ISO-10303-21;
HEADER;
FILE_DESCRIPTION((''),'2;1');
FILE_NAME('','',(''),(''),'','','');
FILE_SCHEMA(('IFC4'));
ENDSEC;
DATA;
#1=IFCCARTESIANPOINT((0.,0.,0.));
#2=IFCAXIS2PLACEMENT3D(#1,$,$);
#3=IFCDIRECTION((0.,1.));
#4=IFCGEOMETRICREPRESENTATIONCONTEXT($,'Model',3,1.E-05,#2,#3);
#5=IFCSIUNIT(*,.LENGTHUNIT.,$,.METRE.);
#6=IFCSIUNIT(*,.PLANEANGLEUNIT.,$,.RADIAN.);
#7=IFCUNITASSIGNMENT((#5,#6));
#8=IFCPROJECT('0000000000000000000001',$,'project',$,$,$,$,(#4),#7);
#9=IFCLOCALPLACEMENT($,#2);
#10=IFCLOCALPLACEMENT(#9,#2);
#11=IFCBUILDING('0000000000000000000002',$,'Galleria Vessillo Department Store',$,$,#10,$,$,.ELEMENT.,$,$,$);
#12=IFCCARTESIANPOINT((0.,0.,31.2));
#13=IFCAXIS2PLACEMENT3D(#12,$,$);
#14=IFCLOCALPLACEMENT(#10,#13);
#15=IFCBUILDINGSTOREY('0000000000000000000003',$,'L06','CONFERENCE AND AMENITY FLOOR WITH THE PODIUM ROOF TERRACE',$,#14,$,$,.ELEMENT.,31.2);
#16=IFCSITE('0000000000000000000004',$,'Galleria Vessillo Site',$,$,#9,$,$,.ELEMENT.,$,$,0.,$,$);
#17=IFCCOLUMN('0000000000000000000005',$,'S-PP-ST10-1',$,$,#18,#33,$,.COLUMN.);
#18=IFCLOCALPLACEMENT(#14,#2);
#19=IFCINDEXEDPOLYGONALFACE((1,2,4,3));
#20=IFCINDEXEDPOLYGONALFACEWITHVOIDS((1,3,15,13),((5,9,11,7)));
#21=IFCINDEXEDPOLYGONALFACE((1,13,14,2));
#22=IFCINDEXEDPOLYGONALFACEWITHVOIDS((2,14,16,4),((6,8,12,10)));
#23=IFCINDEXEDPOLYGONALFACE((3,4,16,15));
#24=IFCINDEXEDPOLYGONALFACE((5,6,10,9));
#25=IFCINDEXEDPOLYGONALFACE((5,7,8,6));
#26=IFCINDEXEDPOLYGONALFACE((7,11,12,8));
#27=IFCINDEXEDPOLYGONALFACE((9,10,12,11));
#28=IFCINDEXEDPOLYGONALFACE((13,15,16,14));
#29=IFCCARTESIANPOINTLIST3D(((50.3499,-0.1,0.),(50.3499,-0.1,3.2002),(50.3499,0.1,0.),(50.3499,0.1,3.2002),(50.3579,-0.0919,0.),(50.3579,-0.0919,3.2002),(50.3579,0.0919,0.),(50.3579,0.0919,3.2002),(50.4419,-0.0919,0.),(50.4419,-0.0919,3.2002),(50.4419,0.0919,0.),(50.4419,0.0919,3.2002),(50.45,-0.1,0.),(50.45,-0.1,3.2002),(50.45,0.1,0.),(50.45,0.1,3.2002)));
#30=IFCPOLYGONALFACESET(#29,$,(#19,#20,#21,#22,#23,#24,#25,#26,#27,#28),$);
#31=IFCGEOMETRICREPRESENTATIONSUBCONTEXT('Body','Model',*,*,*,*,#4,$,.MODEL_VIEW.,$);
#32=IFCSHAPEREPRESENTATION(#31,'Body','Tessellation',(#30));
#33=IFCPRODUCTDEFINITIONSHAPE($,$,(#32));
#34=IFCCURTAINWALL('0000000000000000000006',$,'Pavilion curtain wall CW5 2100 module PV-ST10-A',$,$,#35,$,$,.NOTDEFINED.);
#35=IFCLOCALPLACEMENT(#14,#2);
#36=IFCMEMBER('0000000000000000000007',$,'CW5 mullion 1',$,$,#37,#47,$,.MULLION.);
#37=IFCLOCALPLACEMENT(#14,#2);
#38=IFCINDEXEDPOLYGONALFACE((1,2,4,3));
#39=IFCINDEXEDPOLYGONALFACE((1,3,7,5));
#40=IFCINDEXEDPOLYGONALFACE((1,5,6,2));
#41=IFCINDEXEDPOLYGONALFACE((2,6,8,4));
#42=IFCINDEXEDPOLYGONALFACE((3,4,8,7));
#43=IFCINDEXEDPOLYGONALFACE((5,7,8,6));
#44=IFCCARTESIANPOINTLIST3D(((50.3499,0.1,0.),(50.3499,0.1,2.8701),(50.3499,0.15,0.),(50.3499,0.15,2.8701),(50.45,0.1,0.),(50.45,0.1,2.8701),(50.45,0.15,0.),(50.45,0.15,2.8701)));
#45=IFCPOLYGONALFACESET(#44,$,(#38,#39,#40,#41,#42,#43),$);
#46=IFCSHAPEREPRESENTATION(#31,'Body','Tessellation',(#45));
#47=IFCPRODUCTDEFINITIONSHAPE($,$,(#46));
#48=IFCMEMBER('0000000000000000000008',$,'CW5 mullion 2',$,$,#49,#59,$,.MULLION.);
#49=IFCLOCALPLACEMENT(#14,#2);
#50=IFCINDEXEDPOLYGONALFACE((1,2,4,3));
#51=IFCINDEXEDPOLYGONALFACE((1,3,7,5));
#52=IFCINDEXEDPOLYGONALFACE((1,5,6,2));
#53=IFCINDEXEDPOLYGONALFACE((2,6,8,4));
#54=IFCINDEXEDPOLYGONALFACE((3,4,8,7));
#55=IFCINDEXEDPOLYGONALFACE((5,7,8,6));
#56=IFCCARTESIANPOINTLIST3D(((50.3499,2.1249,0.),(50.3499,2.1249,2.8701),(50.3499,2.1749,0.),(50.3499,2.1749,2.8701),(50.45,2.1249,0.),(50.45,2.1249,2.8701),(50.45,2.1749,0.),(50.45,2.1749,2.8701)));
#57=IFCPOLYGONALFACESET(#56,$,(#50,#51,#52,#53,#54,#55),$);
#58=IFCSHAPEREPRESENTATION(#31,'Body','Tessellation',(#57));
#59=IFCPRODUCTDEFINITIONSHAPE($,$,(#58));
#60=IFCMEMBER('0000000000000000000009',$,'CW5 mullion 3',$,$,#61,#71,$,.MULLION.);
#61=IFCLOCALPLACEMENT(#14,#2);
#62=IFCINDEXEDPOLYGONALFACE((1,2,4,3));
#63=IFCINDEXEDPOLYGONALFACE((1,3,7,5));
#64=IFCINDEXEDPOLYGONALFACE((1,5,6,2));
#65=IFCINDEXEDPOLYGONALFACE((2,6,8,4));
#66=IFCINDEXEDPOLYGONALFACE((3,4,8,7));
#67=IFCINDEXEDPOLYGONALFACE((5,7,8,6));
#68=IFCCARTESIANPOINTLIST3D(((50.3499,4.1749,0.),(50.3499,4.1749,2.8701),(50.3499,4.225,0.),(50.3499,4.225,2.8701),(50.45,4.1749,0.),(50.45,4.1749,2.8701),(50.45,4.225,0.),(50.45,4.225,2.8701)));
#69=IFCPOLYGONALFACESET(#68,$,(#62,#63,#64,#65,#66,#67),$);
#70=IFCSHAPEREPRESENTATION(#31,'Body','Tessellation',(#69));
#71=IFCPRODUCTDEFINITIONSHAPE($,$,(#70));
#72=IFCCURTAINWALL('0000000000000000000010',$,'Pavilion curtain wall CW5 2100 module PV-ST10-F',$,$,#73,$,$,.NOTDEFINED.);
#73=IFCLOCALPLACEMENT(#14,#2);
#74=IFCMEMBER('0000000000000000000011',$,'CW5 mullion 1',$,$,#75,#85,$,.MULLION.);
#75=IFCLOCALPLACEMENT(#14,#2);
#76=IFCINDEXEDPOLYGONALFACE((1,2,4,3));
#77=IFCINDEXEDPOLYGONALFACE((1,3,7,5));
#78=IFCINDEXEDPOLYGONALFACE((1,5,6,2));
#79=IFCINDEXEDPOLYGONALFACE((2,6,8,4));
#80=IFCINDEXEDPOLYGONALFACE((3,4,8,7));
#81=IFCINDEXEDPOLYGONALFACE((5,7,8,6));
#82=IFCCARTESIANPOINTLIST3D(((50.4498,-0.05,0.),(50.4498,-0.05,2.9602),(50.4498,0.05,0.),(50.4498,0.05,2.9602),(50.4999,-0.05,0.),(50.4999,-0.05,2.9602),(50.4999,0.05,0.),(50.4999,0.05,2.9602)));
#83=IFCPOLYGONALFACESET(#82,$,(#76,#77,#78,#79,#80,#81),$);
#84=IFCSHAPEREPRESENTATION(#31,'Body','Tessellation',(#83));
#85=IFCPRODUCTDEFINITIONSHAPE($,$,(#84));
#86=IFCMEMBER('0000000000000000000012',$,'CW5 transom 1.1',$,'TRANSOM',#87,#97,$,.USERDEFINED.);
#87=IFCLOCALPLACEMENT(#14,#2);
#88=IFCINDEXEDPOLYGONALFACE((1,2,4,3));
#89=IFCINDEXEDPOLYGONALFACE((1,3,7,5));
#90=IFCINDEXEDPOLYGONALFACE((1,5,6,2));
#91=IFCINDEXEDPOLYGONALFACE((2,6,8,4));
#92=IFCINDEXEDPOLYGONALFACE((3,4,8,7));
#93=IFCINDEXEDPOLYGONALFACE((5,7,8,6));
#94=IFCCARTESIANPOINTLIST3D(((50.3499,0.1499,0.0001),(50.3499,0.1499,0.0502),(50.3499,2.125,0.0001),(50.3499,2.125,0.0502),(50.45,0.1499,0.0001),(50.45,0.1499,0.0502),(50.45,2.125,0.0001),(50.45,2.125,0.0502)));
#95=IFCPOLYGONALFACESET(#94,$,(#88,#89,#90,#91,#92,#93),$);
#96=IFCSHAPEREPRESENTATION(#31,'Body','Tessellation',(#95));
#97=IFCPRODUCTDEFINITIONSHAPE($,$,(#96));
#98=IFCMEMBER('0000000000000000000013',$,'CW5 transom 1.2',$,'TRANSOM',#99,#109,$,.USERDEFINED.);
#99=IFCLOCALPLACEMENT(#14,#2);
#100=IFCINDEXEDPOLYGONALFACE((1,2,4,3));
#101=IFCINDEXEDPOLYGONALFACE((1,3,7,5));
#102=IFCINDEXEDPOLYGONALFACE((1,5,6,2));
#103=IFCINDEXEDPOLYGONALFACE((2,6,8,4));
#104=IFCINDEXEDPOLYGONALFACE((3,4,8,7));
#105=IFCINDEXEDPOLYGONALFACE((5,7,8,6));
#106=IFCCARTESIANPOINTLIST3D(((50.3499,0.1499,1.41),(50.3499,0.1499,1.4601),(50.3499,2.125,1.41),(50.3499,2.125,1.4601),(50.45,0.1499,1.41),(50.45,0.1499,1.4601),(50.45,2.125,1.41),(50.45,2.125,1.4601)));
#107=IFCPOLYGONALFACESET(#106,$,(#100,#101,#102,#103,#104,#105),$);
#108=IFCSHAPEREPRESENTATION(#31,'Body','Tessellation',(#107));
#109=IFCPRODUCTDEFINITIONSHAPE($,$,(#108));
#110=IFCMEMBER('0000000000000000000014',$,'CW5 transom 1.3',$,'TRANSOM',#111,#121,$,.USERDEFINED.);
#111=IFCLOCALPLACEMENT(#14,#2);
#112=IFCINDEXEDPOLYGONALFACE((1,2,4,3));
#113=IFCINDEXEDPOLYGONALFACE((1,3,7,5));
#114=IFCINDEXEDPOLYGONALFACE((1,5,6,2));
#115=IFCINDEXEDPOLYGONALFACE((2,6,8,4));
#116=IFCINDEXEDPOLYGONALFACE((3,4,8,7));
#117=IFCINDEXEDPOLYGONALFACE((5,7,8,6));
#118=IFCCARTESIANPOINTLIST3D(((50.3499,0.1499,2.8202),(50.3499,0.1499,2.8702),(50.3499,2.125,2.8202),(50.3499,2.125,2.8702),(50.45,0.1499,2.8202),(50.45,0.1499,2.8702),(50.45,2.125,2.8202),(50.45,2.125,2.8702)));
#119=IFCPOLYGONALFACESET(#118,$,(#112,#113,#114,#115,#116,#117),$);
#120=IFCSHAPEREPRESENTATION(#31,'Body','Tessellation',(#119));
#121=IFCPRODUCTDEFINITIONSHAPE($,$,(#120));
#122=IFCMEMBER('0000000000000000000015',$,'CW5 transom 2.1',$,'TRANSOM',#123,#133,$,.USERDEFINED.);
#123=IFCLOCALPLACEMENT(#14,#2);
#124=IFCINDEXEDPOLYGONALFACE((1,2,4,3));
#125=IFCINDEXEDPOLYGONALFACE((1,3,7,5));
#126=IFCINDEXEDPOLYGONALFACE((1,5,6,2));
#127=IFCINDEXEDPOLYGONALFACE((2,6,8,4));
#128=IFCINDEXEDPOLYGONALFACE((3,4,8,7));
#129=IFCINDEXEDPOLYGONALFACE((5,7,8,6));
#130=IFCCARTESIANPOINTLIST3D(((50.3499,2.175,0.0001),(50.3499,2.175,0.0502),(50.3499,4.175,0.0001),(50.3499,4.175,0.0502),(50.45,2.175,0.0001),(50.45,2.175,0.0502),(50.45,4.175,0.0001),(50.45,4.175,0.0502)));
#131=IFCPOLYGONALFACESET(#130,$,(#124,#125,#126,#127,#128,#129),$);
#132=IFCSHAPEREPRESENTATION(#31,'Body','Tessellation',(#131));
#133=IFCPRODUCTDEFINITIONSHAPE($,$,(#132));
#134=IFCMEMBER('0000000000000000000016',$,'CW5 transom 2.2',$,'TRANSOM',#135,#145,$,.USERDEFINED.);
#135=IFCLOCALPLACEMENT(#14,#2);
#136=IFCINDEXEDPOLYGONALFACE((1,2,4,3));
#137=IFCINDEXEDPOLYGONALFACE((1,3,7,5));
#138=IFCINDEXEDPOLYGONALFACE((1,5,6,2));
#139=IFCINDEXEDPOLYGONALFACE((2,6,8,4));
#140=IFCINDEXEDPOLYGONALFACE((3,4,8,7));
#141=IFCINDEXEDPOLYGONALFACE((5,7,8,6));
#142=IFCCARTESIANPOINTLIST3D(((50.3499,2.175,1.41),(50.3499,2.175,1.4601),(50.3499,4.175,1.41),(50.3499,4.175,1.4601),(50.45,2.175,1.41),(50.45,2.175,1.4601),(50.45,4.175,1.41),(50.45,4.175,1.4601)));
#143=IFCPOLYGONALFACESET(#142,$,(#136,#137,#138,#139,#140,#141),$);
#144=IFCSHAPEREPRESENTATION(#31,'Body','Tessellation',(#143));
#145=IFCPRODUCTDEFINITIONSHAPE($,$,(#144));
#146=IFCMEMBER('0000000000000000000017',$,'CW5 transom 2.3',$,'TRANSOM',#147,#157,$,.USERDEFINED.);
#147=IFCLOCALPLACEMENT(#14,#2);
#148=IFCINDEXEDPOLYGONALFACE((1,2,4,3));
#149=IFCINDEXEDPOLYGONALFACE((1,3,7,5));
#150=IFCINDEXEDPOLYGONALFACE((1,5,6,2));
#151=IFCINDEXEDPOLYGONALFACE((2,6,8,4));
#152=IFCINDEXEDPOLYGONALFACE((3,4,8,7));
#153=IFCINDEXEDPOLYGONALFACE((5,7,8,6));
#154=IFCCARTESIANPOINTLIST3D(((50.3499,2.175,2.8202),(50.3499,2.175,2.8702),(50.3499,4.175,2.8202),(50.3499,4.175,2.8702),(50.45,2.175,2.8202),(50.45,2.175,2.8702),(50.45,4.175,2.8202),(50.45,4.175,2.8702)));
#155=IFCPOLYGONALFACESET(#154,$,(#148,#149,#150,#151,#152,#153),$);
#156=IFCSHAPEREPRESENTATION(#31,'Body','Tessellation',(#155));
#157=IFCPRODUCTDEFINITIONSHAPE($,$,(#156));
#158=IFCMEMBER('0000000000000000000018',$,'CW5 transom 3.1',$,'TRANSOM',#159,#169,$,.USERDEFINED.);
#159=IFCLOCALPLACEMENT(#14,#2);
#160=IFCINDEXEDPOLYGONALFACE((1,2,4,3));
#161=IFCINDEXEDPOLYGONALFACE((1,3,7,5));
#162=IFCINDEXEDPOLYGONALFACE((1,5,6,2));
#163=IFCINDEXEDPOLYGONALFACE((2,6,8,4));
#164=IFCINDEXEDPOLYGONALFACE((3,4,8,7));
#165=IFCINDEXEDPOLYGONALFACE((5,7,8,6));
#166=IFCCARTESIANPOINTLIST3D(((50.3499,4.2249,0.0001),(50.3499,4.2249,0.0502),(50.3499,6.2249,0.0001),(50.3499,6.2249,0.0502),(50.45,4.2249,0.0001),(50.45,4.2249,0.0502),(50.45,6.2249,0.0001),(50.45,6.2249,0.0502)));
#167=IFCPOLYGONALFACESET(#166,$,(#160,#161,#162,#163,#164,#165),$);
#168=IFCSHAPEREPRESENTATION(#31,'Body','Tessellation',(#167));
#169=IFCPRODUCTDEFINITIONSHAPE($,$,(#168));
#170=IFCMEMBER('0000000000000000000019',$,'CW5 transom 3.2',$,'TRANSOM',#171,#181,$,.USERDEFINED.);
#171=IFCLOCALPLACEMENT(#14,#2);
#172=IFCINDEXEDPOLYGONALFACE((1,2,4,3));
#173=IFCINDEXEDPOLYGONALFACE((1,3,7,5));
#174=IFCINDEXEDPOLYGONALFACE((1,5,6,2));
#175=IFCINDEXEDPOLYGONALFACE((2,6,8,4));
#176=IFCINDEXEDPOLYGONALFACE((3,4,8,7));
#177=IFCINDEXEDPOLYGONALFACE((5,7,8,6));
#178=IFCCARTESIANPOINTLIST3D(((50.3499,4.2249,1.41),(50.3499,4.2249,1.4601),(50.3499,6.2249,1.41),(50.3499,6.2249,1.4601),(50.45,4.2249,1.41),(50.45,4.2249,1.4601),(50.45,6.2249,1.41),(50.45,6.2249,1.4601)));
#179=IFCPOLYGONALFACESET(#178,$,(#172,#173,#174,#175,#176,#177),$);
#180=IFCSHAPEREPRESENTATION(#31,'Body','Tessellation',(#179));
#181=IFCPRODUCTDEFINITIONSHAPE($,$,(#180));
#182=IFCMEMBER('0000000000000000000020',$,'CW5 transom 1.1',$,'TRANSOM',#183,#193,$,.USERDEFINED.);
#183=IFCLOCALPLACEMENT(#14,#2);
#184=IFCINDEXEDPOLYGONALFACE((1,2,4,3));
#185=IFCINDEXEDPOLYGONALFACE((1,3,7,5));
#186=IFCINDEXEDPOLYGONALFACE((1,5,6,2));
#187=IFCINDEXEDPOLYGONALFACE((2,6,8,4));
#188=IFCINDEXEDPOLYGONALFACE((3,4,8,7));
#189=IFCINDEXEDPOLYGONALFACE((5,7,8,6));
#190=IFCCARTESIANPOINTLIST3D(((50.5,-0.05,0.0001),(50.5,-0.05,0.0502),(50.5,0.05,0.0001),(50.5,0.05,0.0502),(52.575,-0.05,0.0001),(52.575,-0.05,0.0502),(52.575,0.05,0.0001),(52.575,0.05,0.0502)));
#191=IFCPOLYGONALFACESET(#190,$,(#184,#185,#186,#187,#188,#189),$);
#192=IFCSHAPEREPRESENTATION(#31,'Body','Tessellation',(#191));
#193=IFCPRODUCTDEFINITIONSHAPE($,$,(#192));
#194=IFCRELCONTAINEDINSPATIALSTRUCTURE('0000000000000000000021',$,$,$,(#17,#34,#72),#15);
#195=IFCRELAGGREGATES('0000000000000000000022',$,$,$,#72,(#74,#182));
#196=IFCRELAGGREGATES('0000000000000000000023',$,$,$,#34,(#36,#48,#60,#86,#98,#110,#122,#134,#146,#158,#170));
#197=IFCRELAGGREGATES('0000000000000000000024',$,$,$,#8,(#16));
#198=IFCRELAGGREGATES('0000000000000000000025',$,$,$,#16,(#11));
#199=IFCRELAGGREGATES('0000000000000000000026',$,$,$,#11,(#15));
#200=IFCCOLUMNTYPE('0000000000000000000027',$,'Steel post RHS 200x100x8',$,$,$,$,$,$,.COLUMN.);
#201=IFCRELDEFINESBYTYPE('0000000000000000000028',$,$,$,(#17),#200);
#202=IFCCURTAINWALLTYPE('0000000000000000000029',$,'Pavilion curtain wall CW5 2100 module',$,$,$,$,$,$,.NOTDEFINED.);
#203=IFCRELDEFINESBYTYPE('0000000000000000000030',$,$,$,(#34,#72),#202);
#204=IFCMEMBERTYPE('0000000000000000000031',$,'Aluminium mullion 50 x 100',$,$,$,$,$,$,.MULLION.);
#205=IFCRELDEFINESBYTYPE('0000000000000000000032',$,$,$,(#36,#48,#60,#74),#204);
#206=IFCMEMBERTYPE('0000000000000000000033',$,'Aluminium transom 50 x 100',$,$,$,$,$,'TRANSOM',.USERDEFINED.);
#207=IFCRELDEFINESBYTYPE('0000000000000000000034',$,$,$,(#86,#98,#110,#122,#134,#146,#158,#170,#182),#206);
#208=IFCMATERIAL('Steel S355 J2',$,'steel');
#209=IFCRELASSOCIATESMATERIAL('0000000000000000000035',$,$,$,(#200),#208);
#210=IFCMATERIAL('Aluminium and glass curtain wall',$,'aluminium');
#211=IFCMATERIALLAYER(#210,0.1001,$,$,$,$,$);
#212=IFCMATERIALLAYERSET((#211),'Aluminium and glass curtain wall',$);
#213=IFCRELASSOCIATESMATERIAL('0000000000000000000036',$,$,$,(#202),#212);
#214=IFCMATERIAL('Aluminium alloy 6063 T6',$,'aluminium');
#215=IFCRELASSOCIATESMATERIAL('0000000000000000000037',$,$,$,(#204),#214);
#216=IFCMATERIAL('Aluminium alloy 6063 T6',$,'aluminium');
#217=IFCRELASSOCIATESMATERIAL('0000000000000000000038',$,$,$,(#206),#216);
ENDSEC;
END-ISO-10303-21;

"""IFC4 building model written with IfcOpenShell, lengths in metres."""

from ifc_helpers import new_model, si_unit, direction, frame, origin, origin_2d, place, context, subcontext, project, spatial, rectangle, hollow_rectangle, extrude, material, layer, layer_set, material_profile, profile_set, type_object, element, aggregate, save


model = new_model("IFC4")

# Units and contexts
model_context = context("Model", 3, precision=1e-05, world=origin(), true_north=direction((0.0, 1.0)))
body_context = subcontext(model_context, "Body", "Model", "MODEL_VIEW")
ifc_project = project(units=[si_unit("LENGTHUNIT", "METRE"), si_unit("PLANEANGLEUNIT", "RADIAN")], contexts=[model_context])

# Site, building, storey
site_placement = place(None, origin())
site = spatial("IfcSite", under=ifc_project, at=site_placement, Name="Galleria Vessillo Site", CompositionType="ELEMENT", RefElevation=0.0)
building_placement = place(site_placement, origin())
building = spatial("IfcBuilding", under=site, at=building_placement, Name="Galleria Vessillo Department Store", CompositionType="ELEMENT")
storey_placement = place(building_placement, frame((0.0, 0.0, 31.2)))
storey = spatial("IfcBuildingStorey", under=building, at=storey_placement, Name="L06", Description="CONFERENCE AND AMENITY FLOOR WITH THE PODIUM ROOF TERRACE", CompositionType="ELEMENT", Elevation=31.2)

# Column
ifc_material_1 = material(Name="Steel S355 J2", Category="steel")
ifc_material_profile_1 = material_profile(ifc_material_1, hollow_rectangle(XDim=0.1001, YDim=0.2, WallThickness=0.0081, at=origin_2d()), Name="RHS 200x100x8")
ifc_profile_set_1 = profile_set([ifc_material_profile_1], Name="Steel S355 J2")
column_type = type_object("IfcColumnType", Name="Steel post RHS 200x100x8", PredefinedType="COLUMN", material=ifc_profile_set_1)
column_placement = place(storey_placement, frame((50.3999, 0.0, 0.0), z_axis=(0.0, 0.0, 1.0), x_axis=(1.0, 0.0, 0.0)))
element("IfcColumn", 1, at=column_placement, inside=storey, type_object=column_type, Name="S-PP-ST10-1", PredefinedType="COLUMN", context=body_context, shape_type="SweptSolid", body=[
    extrude(hollow_rectangle(XDim=0.1001, YDim=0.2, WallThickness=0.0081, at=origin_2d()), origin(), (0.0, 0.0, 1.0), 3.2002),
])

# Curtain wall, members
ifc_material_2 = material(Name="Aluminium and glass curtain wall", Category="aluminium")
ifc_layer_1 = layer(ifc_material_2, 0.1001)
ifc_layer_set_1 = layer_set([ifc_layer_1], Name="Aluminium and glass curtain wall")
curtain_wall_type = type_object("IfcCurtainWallType", Name="Pavilion curtain wall CW5 2100 module", PredefinedType="NOTDEFINED", material=ifc_layer_set_1)
curtain_wall_1_placement = place(storey_placement, origin())
curtain_wall_1 = element("IfcCurtainWall", 2, at=curtain_wall_1_placement, inside=storey, type_object=curtain_wall_type, Name="Pavilion curtain wall CW5 2100 module PV-ST10-A", PredefinedType="NOTDEFINED")
ifc_material_3 = material(Name="Aluminium alloy 6063 T6", Category="aluminium")
ifc_material_profile_2 = material_profile(ifc_material_3, rectangle(XDim=0.1001, YDim=0.05, at=origin_2d()), Name="AL 50x100")
ifc_profile_set_2 = profile_set([ifc_material_profile_2], Name="Aluminium alloy 6063 T6")
member_type_1 = type_object("IfcMemberType", Name="Aluminium mullion 50 x 100", PredefinedType="MULLION", material=ifc_profile_set_2)
member_1_placement = place(storey_placement, frame((50.3999, 0.125, 0.0), z_axis=(0.0, 0.0, 1.0), x_axis=(-1.0, 0.0, 0.0)))
member_1 = element("IfcMember", 3, at=member_1_placement, type_object=member_type_1, Name="CW5 mullion 1", PredefinedType="MULLION", context=body_context, shape_type="SweptSolid", body=[
    extrude(rectangle(XDim=0.1001, YDim=0.05, at=origin_2d()), origin(), (0.0, 0.0, 1.0), 2.8701),
])
member_2_placement = place(storey_placement, frame((50.3999, 2.1499, 0.0), z_axis=(0.0, 0.0, 1.0), x_axis=(-1.0, 0.0, 0.0)))
member_2 = element("IfcMember", 4, at=member_2_placement, type_object=member_type_1, Name="CW5 mullion 2", PredefinedType="MULLION", context=body_context, shape_type="SweptSolid", body=[
    extrude(rectangle(XDim=0.1001, YDim=0.05, at=origin_2d()), origin(), (0.0, 0.0, 1.0), 2.8701),
])
member_3_placement = place(storey_placement, frame((50.3999, 4.2, 0.0), z_axis=(0.0, 0.0, 1.0), x_axis=(-1.0, 0.0, 0.0)))
member_3 = element("IfcMember", 5, at=member_3_placement, type_object=member_type_1, Name="CW5 mullion 3", PredefinedType="MULLION", context=body_context, shape_type="SweptSolid", body=[
    extrude(rectangle(XDim=0.1001, YDim=0.05, at=origin_2d()), origin(), (0.0, 0.0, 1.0), 2.8701),
])

# Curtain wall, member
curtain_wall_2_placement = place(storey_placement, origin())
curtain_wall_2 = element("IfcCurtainWall", 6, at=curtain_wall_2_placement, inside=storey, type_object=curtain_wall_type, Name="Pavilion curtain wall CW5 2100 module PV-ST10-F", PredefinedType="NOTDEFINED")
member_4_placement = place(storey_placement, frame((50.4749, 0.0, 0.0), z_axis=(0.0, 0.0, 1.0), x_axis=(0.0, 1.0, 0.0)))
member_4 = element("IfcMember", 7, at=member_4_placement, type_object=member_type_1, Name="CW5 mullion 1", PredefinedType="MULLION", context=body_context, shape_type="SweptSolid", body=[
    extrude(rectangle(XDim=0.1001, YDim=0.05, at=origin_2d()), origin(), (0.0, 0.0, 1.0), 2.9602),
])

# Members
ifc_material_4 = material(Name="Aluminium alloy 6063 T6", Category="aluminium")
ifc_material_profile_3 = material_profile(ifc_material_4, rectangle(XDim=0.1001, YDim=0.05, at=origin_2d()), Name="AL 50x100")
ifc_profile_set_3 = profile_set([ifc_material_profile_3], Name="Aluminium alloy 6063 T6")
member_type_2 = type_object("IfcMemberType", Name="Aluminium transom 50 x 100", ElementType="TRANSOM", PredefinedType="USERDEFINED", material=ifc_profile_set_3)
member_5_placement = place(storey_placement, frame((50.3999, 0.1499, 0.0251), z_axis=(0.0, 1.0, 0.0), x_axis=(-1.0, 0.0, 0.0)))
member_5 = element("IfcMember", 8, at=member_5_placement, type_object=member_type_2, Name="CW5 transom 1.1", ObjectType="TRANSOM", PredefinedType="USERDEFINED", context=body_context, shape_type="SweptSolid", body=[
    extrude(rectangle(XDim=0.1001, YDim=0.05, at=origin_2d()), origin(), (0.0, 0.0, 1.0), 1.9751),
])
member_6_placement = place(storey_placement, frame((50.3999, 0.1499, 1.4351), z_axis=(0.0, 1.0, 0.0), x_axis=(-1.0, 0.0, 0.0)))
member_6 = element("IfcMember", 9, at=member_6_placement, type_object=member_type_2, Name="CW5 transom 1.2", ObjectType="TRANSOM", PredefinedType="USERDEFINED", context=body_context, shape_type="SweptSolid", body=[
    extrude(rectangle(XDim=0.1001, YDim=0.05, at=origin_2d()), origin(), (0.0, 0.0, 1.0), 1.9751),
])
member_7_placement = place(storey_placement, frame((50.3999, 0.1499, 2.8452), z_axis=(0.0, 1.0, 0.0), x_axis=(-1.0, 0.0, 0.0)))
member_7 = element("IfcMember", 10, at=member_7_placement, type_object=member_type_2, Name="CW5 transom 1.3", ObjectType="TRANSOM", PredefinedType="USERDEFINED", context=body_context, shape_type="SweptSolid", body=[
    extrude(rectangle(XDim=0.1001, YDim=0.05, at=origin_2d()), origin(), (0.0, 0.0, 1.0), 1.9751),
])
member_8_placement = place(storey_placement, frame((50.3999, 2.175, 0.0251), z_axis=(0.0, 1.0, 0.0), x_axis=(-1.0, 0.0, 0.0)))
member_8 = element("IfcMember", 11, at=member_8_placement, type_object=member_type_2, Name="CW5 transom 2.1", ObjectType="TRANSOM", PredefinedType="USERDEFINED", context=body_context, shape_type="SweptSolid", body=[
    extrude(rectangle(XDim=0.1001, YDim=0.05, at=origin_2d()), origin(), (0.0, 0.0, 1.0), 2.0),
])
member_9_placement = place(storey_placement, frame((50.3999, 2.175, 1.4351), z_axis=(0.0, 1.0, 0.0), x_axis=(-1.0, 0.0, 0.0)))
member_9 = element("IfcMember", 12, at=member_9_placement, type_object=member_type_2, Name="CW5 transom 2.2", ObjectType="TRANSOM", PredefinedType="USERDEFINED", context=body_context, shape_type="SweptSolid", body=[
    extrude(rectangle(XDim=0.1001, YDim=0.05, at=origin_2d()), origin(), (0.0, 0.0, 1.0), 2.0),
])
member_10_placement = place(storey_placement, frame((50.3999, 2.175, 2.8452), z_axis=(0.0, 1.0, 0.0), x_axis=(-1.0, 0.0, 0.0)))
member_10 = element("IfcMember", 13, at=member_10_placement, type_object=member_type_2, Name="CW5 transom 2.3", ObjectType="TRANSOM", PredefinedType="USERDEFINED", context=body_context, shape_type="SweptSolid", body=[
    extrude(rectangle(XDim=0.1001, YDim=0.05, at=origin_2d()), origin(), (0.0, 0.0, 1.0), 2.0),
])
member_11_placement = place(storey_placement, frame((50.3999, 4.2249, 0.0251), z_axis=(0.0, 1.0, 0.0), x_axis=(-1.0, 0.0, 0.0)))
member_11 = element("IfcMember", 14, at=member_11_placement, type_object=member_type_2, Name="CW5 transom 3.1", ObjectType="TRANSOM", PredefinedType="USERDEFINED", context=body_context, shape_type="SweptSolid", body=[
    extrude(rectangle(XDim=0.1001, YDim=0.05, at=origin_2d()), origin(), (0.0, 0.0, 1.0), 2.0),
])
member_12_placement = place(storey_placement, frame((50.3999, 4.2249, 1.4351), z_axis=(0.0, 1.0, 0.0), x_axis=(-1.0, 0.0, 0.0)))
member_12 = element("IfcMember", 15, at=member_12_placement, type_object=member_type_2, Name="CW5 transom 3.2", ObjectType="TRANSOM", PredefinedType="USERDEFINED", context=body_context, shape_type="SweptSolid", body=[
    extrude(rectangle(XDim=0.1001, YDim=0.05, at=origin_2d()), origin(), (0.0, 0.0, 1.0), 2.0),
])
member_13_placement = place(storey_placement, frame((50.5, 0.0, 0.0251), z_axis=(1.0, 0.0, 0.0), x_axis=(0.0, 1.0, 0.0)))
member_13 = element("IfcMember", 16, at=member_13_placement, type_object=member_type_2, Name="CW5 transom 1.1", ObjectType="TRANSOM", PredefinedType="USERDEFINED", context=body_context, shape_type="SweptSolid", body=[
    extrude(rectangle(XDim=0.1001, YDim=0.05, at=origin_2d()), origin(), (0.0, 0.0, 1.0), 2.075),
])
aggregate(curtain_wall_2, [member_4, member_13])

aggregate(curtain_wall_1, [member_1, member_2, member_3, member_5, member_6, member_7, member_8, member_9, member_10, member_11, member_12])

save(model, "model.ifc")
